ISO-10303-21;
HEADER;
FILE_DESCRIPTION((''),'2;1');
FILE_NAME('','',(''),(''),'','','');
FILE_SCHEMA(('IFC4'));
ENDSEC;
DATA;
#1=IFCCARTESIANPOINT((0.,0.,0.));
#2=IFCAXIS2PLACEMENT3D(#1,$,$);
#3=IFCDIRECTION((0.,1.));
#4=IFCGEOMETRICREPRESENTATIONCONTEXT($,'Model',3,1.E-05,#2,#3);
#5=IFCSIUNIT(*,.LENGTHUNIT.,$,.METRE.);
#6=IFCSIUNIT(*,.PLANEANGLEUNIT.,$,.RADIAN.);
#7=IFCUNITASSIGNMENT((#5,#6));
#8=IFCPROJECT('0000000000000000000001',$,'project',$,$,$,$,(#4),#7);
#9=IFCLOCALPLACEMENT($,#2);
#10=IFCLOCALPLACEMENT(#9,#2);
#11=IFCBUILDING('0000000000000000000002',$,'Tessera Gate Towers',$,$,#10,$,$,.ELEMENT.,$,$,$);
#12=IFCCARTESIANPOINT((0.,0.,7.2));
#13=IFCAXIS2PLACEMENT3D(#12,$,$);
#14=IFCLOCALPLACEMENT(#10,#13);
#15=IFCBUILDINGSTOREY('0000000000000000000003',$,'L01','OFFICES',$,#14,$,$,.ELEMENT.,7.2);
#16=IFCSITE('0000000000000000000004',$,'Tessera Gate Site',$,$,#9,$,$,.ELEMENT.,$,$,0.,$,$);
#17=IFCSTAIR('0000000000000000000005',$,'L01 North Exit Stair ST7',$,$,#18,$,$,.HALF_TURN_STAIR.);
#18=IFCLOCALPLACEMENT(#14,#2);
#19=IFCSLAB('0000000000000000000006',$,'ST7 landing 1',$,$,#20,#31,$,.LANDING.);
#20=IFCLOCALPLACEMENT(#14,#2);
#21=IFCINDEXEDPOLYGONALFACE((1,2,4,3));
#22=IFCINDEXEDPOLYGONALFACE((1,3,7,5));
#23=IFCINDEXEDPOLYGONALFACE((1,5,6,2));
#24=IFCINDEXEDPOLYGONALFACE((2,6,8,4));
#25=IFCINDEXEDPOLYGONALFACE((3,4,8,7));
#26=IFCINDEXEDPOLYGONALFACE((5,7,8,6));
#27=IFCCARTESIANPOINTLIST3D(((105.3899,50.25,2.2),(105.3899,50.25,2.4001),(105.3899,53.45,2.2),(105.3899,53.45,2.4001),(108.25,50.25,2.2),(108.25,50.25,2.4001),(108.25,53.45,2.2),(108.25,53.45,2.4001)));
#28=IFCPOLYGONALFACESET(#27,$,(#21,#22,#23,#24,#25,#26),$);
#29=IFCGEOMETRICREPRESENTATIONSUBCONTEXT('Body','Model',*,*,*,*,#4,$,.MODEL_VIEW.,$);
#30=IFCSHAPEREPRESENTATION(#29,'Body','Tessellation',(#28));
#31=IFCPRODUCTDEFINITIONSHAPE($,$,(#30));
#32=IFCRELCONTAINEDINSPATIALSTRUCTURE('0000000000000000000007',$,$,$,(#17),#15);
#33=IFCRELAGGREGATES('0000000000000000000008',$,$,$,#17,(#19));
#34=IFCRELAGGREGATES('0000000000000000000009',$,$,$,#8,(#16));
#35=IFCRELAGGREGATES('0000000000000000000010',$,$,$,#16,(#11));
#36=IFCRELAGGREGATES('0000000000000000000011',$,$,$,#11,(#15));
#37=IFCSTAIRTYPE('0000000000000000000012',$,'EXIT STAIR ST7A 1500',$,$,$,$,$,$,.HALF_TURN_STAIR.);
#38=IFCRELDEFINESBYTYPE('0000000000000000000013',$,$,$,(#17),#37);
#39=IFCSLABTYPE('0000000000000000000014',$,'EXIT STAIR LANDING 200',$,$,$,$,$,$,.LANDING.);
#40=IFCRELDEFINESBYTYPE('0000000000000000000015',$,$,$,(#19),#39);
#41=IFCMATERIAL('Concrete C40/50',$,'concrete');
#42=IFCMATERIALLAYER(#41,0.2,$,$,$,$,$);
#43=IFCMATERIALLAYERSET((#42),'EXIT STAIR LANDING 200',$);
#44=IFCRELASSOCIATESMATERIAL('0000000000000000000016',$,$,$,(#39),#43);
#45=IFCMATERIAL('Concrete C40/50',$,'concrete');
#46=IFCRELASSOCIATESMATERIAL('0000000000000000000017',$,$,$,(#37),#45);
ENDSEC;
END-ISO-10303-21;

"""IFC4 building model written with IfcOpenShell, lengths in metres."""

from ifc_helpers import new_model, si_unit, direction, frame, origin, place, context, subcontext, project, spatial, polyline, outline, extrude, material, layer, layer_set, type_object, element, aggregate, save


model = new_model("IFC4")

# Units and contexts
model_context = context("Model", 3, precision=1e-05, world=origin(), true_north=direction((0.0, 1.0)))
body_context = subcontext(model_context, "Body", "Model", "MODEL_VIEW")
ifc_project = project(units=[si_unit("LENGTHUNIT", "METRE"), si_unit("PLANEANGLEUNIT", "RADIAN")], contexts=[model_context])

# Site, building, storey
site_placement = place(None, origin())
site = spatial("IfcSite", under=ifc_project, at=site_placement, Name="Tessera Gate Site", CompositionType="ELEMENT", RefElevation=0.0)
building_placement = place(site_placement, origin())
building = spatial("IfcBuilding", under=site, at=building_placement, Name="Tessera Gate Towers", CompositionType="ELEMENT")
storey_placement = place(building_placement, frame((0.0, 0.0, 7.2)))
storey = spatial("IfcBuildingStorey", under=building, at=storey_placement, Name="L01", Description="OFFICES", CompositionType="ELEMENT", Elevation=7.2)

# Stair, slab
ifc_material_1 = material(Name="Concrete C40/50", Category="concrete")
ifc_layer_1 = layer(ifc_material_1, 0.2)
ifc_layer_set_1 = layer_set([ifc_layer_1], Name="EXIT STAIR LANDING 200")
slab_type_1 = type_object("IfcSlabType", Name="EXIT STAIR LANDING 200", PredefinedType="LANDING", material=ifc_layer_set_1)
ifc_material_2 = material(Name="Concrete C40/50", Category="concrete")
stair_type_1 = type_object("IfcStairType", Name="EXIT STAIR ST7A 1500", PredefinedType="HALF_TURN_STAIR", material=ifc_material_2)
stair_1_placement = place(storey_placement, origin())
stair_1 = element("IfcStair", 1, at=stair_1_placement, inside=storey, type_object=stair_type_1, Name="L01 North Exit Stair ST7", PredefinedType="HALF_TURN_STAIR")
slab_1_placement = place(storey_placement, frame((0.0, 0.0, 2.2)))
slab_1 = element("IfcSlab", 2, at=slab_1_placement, type_object=slab_type_1, Name="ST7 landing 1", PredefinedType="LANDING", context=body_context, shape_type="SweptSolid", body=[
    extrude(outline(polyline([(105.3899, 50.25), (108.25, 50.25), (108.25, 53.45), (105.3899, 53.45), (105.3899, 50.25)])), origin(), (0.0, 0.0, 1.0), 0.2002),
])
aggregate(stair_1, [slab_1])

save(model, "model.ifc")
